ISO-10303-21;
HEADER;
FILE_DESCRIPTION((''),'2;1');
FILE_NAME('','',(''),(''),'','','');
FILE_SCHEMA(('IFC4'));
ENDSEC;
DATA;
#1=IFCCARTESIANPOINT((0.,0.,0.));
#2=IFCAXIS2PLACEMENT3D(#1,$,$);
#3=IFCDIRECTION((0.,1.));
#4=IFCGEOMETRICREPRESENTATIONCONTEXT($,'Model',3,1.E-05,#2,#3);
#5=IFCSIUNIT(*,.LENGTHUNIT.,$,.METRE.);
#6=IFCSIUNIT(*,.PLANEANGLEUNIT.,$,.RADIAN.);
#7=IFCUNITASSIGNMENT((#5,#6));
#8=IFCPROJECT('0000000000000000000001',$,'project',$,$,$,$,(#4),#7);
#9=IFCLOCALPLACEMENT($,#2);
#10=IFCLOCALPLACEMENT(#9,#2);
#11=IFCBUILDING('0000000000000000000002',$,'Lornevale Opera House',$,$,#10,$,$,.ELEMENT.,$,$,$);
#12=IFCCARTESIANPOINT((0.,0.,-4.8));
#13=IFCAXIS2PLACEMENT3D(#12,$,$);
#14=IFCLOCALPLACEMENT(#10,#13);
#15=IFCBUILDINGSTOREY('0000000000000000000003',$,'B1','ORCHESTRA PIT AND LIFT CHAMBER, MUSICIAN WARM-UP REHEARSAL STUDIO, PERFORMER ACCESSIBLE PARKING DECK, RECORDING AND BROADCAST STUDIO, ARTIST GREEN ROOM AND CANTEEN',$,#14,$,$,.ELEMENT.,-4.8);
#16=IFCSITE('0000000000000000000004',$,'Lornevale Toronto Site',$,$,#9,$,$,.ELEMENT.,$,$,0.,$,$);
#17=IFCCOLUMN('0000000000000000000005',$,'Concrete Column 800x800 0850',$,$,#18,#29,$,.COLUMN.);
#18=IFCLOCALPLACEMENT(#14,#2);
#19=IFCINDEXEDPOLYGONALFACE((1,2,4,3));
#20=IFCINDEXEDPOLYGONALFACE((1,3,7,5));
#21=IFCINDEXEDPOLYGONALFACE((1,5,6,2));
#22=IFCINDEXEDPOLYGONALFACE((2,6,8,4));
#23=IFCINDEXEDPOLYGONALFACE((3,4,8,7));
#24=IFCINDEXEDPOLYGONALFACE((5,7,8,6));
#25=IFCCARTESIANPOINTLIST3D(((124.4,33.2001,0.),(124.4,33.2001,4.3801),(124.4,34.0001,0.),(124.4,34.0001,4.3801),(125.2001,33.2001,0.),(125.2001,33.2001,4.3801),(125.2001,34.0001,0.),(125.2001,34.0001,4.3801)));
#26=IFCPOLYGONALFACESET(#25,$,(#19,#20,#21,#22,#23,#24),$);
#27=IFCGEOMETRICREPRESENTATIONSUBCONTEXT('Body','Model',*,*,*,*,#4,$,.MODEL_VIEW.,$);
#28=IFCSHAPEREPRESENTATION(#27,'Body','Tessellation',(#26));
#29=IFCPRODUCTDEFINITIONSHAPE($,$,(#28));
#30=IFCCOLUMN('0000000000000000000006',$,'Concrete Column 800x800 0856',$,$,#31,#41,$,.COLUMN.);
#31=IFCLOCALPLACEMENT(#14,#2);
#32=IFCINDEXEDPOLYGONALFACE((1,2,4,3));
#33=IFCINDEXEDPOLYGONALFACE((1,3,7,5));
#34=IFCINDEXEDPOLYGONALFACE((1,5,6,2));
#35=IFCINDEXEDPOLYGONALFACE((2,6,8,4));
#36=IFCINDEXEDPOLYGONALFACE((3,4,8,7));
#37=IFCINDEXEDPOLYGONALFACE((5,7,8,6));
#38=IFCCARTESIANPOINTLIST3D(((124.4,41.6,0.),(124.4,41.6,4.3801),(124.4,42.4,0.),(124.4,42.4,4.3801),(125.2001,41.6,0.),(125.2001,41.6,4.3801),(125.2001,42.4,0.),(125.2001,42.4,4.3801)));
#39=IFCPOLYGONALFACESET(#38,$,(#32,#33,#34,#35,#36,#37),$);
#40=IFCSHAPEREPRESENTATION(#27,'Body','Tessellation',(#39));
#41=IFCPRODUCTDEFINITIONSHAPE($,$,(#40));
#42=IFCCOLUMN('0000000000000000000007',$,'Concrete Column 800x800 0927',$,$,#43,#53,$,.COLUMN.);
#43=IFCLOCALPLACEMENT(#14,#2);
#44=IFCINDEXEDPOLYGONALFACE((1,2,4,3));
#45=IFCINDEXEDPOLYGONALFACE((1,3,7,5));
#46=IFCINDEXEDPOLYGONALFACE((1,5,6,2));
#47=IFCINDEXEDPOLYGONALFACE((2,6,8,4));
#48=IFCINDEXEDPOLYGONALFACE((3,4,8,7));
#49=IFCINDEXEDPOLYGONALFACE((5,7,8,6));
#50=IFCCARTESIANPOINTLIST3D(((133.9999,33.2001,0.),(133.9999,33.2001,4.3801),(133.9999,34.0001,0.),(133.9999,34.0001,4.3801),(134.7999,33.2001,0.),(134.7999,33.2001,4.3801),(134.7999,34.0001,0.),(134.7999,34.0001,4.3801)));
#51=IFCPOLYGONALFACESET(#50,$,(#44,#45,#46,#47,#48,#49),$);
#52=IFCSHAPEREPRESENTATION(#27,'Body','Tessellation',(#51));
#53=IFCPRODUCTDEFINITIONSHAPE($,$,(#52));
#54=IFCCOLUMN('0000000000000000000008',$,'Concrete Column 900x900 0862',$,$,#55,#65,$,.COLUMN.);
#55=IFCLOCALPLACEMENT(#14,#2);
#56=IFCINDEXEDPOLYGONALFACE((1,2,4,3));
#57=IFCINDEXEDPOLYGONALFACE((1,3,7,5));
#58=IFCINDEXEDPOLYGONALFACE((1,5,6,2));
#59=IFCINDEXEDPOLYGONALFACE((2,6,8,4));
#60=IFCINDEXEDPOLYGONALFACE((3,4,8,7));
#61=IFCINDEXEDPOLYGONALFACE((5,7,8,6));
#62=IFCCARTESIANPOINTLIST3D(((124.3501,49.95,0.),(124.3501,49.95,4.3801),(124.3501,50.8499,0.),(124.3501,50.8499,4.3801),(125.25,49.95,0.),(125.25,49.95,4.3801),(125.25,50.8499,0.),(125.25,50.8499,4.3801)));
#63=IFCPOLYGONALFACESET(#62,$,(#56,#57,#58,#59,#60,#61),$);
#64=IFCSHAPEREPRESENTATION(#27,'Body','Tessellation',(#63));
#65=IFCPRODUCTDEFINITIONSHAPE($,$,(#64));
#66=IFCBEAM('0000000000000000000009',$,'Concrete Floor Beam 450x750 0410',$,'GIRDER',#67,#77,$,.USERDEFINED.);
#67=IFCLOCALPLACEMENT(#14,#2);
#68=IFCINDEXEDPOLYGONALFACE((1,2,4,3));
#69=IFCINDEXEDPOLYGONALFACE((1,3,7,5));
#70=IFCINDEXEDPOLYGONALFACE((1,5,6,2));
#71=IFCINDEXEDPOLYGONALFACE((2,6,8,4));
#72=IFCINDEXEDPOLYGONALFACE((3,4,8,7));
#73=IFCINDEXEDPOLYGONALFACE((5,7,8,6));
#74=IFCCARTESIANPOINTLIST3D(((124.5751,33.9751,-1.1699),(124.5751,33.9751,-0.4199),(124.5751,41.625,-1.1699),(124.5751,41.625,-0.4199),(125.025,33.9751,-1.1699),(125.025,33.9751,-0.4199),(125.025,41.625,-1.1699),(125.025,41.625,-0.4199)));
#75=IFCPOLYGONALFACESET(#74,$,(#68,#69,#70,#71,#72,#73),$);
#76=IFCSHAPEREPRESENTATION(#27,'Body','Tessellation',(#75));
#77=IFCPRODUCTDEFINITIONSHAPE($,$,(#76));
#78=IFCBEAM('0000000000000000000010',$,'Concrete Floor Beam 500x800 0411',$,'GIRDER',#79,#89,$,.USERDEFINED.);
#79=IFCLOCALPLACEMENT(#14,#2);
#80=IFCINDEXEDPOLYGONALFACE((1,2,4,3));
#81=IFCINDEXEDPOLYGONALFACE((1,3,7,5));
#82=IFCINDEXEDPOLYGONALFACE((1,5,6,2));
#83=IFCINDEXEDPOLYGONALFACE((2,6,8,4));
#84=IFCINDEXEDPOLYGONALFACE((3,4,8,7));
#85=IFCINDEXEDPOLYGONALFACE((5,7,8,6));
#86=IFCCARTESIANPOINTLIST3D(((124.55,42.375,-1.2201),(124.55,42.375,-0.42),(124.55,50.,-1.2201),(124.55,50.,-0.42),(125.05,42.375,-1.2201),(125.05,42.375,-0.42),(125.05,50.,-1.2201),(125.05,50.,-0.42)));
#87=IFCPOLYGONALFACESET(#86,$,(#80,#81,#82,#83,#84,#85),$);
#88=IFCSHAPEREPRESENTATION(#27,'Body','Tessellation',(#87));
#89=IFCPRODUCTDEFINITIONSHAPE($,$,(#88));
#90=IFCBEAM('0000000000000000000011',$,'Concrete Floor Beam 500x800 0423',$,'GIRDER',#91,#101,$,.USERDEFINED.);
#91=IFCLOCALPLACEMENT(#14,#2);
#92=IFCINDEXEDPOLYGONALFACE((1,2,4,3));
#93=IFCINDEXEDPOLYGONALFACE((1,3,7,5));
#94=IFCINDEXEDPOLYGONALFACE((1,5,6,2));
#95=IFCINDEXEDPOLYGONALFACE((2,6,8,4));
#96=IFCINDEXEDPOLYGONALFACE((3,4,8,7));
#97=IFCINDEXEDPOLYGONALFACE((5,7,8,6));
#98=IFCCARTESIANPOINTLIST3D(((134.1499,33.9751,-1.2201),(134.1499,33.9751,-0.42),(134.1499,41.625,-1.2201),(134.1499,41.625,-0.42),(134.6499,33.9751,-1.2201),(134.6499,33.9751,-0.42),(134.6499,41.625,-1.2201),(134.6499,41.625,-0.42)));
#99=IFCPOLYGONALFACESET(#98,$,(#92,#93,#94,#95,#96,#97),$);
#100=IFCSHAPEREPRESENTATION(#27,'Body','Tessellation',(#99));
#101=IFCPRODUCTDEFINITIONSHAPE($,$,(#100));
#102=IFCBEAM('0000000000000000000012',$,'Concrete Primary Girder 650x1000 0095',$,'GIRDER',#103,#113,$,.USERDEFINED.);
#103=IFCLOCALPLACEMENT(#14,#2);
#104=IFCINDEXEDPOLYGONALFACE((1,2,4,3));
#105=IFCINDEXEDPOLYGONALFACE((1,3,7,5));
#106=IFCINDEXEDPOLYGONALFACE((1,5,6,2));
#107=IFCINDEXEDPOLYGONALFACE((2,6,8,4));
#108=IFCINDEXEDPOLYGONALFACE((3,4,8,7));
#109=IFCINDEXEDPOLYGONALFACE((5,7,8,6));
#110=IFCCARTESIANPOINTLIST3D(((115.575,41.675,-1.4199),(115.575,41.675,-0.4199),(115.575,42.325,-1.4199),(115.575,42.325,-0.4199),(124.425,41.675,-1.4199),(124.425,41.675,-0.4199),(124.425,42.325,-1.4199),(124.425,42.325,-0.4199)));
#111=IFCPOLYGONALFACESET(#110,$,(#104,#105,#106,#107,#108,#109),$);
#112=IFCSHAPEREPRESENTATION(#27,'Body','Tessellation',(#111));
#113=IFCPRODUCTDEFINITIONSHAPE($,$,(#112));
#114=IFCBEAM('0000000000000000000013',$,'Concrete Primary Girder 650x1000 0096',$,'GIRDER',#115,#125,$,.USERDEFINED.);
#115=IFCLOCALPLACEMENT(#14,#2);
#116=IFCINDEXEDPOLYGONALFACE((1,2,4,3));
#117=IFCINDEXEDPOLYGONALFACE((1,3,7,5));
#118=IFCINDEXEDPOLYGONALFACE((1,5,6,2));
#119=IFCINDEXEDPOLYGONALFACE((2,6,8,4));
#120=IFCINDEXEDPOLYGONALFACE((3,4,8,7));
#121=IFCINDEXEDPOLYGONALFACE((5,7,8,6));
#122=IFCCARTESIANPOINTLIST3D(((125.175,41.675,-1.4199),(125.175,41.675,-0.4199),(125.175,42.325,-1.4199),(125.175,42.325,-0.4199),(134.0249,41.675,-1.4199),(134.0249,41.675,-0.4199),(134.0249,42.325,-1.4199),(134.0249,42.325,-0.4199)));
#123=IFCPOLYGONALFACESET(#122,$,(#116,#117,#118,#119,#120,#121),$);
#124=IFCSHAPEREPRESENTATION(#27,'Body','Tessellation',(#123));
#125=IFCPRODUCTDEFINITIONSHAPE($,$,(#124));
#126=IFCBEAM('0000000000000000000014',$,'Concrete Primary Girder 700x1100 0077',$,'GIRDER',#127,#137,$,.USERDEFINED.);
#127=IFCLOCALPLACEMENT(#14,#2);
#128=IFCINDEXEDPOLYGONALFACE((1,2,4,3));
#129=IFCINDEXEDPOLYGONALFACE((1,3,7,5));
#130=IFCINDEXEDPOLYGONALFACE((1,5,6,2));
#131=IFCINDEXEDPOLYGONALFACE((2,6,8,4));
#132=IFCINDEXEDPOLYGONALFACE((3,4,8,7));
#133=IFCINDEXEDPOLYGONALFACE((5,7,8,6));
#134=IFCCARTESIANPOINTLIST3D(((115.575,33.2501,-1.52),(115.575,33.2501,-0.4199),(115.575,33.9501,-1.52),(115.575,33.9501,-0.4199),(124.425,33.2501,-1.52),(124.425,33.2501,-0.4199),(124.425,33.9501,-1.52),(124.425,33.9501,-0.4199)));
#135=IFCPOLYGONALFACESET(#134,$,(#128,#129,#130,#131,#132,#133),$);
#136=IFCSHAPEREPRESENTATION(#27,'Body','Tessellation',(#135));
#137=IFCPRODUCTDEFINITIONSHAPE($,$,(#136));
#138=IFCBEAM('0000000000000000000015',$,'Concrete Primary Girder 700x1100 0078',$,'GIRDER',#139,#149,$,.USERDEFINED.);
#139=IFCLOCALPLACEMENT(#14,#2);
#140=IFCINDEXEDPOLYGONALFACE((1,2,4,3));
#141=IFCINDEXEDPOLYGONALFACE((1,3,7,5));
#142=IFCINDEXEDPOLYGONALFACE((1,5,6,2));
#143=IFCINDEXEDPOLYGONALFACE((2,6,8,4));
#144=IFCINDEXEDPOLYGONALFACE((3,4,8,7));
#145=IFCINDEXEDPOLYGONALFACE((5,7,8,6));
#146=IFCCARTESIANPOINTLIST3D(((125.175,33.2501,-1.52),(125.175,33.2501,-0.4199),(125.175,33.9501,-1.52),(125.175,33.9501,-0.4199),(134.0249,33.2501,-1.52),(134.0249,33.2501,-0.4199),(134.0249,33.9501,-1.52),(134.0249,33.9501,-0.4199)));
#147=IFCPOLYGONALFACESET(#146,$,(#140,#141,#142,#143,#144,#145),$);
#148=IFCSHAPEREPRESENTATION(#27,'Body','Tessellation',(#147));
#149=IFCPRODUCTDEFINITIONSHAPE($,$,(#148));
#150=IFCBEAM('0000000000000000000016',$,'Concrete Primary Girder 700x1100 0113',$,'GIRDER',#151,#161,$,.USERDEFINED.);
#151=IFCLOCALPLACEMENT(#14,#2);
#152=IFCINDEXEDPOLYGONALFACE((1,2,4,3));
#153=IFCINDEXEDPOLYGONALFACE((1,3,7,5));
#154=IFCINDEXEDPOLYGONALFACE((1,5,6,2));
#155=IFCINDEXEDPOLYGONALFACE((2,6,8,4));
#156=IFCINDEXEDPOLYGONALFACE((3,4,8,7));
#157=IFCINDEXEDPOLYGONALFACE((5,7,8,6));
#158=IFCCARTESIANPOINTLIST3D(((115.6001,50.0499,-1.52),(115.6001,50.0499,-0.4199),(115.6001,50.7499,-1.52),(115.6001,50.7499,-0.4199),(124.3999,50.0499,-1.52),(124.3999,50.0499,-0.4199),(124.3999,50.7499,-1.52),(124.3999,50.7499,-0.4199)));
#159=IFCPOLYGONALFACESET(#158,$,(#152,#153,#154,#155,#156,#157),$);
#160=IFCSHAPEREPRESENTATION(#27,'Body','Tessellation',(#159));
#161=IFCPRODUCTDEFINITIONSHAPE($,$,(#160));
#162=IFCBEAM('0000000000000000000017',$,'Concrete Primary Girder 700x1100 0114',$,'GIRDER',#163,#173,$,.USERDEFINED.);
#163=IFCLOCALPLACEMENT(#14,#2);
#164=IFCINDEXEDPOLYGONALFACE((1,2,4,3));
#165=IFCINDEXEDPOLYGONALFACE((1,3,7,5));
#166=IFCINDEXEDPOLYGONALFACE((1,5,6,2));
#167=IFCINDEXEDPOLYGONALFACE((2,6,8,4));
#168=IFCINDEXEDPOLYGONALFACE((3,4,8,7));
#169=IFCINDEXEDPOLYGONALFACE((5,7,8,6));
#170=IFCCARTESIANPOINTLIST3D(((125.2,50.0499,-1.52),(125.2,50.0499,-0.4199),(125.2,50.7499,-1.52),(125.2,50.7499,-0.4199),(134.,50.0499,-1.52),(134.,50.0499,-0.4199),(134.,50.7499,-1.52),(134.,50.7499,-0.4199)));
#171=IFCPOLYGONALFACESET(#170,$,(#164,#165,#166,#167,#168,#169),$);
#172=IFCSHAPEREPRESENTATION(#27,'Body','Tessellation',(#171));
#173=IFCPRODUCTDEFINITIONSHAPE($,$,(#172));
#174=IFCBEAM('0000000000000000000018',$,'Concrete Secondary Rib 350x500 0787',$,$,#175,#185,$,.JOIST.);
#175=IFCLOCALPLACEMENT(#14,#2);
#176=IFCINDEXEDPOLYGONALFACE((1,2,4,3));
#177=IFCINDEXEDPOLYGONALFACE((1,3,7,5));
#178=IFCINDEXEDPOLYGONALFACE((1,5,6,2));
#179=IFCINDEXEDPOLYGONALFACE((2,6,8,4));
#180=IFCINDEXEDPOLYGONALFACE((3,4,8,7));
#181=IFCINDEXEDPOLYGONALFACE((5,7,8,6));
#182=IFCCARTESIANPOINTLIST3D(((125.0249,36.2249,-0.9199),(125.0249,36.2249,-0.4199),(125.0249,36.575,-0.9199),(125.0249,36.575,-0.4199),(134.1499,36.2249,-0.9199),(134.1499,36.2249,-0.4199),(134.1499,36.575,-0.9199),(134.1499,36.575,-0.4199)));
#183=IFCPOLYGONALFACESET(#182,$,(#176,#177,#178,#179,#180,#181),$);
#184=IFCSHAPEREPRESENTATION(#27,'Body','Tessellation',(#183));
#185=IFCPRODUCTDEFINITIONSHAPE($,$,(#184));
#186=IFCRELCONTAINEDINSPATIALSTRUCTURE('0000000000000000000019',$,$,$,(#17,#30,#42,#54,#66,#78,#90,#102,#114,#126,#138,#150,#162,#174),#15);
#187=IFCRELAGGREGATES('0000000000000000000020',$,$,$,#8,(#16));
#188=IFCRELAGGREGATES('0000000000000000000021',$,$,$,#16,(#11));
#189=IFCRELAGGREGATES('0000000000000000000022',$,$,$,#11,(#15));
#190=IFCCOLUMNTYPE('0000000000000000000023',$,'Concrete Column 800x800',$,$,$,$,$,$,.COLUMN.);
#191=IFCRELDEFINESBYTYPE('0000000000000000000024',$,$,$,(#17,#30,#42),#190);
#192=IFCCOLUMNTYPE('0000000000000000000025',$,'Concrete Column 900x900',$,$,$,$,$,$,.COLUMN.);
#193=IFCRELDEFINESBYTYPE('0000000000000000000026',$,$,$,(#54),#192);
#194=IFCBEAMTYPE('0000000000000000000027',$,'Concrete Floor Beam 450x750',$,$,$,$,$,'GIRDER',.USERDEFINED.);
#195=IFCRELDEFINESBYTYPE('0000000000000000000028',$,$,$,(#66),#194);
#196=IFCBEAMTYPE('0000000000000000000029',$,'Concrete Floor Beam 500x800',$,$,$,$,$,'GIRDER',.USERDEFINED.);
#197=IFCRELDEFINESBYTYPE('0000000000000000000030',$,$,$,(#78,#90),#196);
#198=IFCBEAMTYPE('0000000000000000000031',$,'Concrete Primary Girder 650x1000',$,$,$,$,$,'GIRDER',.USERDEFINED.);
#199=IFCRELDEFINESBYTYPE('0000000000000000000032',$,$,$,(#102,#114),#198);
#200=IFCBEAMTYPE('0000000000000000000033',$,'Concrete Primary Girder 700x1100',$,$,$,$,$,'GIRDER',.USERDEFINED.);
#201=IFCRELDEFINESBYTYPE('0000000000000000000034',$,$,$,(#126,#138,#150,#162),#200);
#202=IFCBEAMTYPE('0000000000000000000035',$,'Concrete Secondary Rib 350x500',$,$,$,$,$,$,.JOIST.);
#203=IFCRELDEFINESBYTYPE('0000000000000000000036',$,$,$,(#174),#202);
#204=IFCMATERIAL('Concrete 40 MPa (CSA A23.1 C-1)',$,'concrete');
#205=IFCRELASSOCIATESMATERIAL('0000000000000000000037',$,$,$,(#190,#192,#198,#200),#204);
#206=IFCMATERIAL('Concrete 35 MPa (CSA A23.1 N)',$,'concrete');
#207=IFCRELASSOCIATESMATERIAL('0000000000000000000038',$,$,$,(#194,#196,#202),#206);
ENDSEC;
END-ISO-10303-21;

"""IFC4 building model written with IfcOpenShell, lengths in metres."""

from ifc_helpers import new_model, si_unit, direction, frame, origin, origin_2d, place, context, subcontext, project, spatial, rectangle, extrude, material, material_profile, profile_set, type_object, element, save


model = new_model("IFC4")

# Units and contexts
model_context = context("Model", 3, precision=1e-05, world=origin(), true_north=direction((0.0, 1.0)))
body_context = subcontext(model_context, "Body", "Model", "MODEL_VIEW")
ifc_project = project(units=[si_unit("LENGTHUNIT", "METRE"), si_unit("PLANEANGLEUNIT", "RADIAN")], contexts=[model_context])

# Site, building, storey
site_placement = place(None, origin())
site = spatial("IfcSite", under=ifc_project, at=site_placement, Name="Lornevale Toronto Site", CompositionType="ELEMENT", RefElevation=0.0)
building_placement = place(site_placement, origin())
building = spatial("IfcBuilding", under=site, at=building_placement, Name="Lornevale Opera House", CompositionType="ELEMENT")
storey_placement = place(building_placement, frame((0.0, 0.0, -4.8)))
storey = spatial("IfcBuildingStorey", under=building, at=storey_placement, Name="B1", Description="ORCHESTRA PIT AND LIFT CHAMBER, MUSICIAN WARM-UP REHEARSAL STUDIO, PERFORMER ACCESSIBLE PARKING DECK, RECORDING AND BROADCAST STUDIO, ARTIST GREEN ROOM AND CANTEEN", CompositionType="ELEMENT", Elevation=-4.8)

# Columns
ifc_material_1 = material(Name="Concrete 40 MPa (CSA A23.1 C-1)", Category="concrete")
ifc_material_profile_1 = material_profile(ifc_material_1, rectangle(XDim=0.8, YDim=0.8, at=origin_2d()), Name="RC800x800")
ifc_profile_set_1 = profile_set([ifc_material_profile_1], Name="Concrete 40 MPa (CSA A23.1 C-1)")
column_type_1 = type_object("IfcColumnType", Name="Concrete Column 800x800", PredefinedType="COLUMN", material=ifc_profile_set_1)
for number, where, z_axis, x_axis, name in (
    (1, (124.8, 33.6001, 0.0), (0.0, 0.0, 1.0), (1.0, 0.0, 0.0), "Concrete Column 800x800 0850"),
    (2, (124.8, 42.0, 0.0), (0.0, 0.0, 1.0), (1.0, 0.0, 0.0), "Concrete Column 800x800 0856"),
    (3, (134.3999, 33.6001, 0.0), (0.0, 0.0, 1.0), (1.0, 0.0, 0.0), "Concrete Column 800x800 0927"),
):
    element("IfcColumn", number, at=place(storey_placement, frame(where, z_axis=z_axis, x_axis=x_axis)), inside=storey, type_object=column_type_1, Name=name, PredefinedType="COLUMN", context=body_context, shape_type="SweptSolid", body=[
        extrude(rectangle(XDim=0.8, YDim=0.8, at=origin_2d()), origin(), (0.0, 0.0, 1.0), 4.3801),
    ])
ifc_material_profile_2 = material_profile(ifc_material_1, rectangle(XDim=0.8999, YDim=0.8999, at=origin_2d()), Name="RC900x900")
ifc_profile_set_2 = profile_set([ifc_material_profile_2], Name="Concrete 40 MPa (CSA A23.1 C-1)")
column_type_2 = type_object("IfcColumnType", Name="Concrete Column 900x900", PredefinedType="COLUMN", material=ifc_profile_set_2)
column_placement = place(storey_placement, frame((124.8, 50.3999, 0.0), z_axis=(0.0, 0.0, 1.0), x_axis=(1.0, 0.0, 0.0)))
element("IfcColumn", 4, at=column_placement, inside=storey, type_object=column_type_2, Name="Concrete Column 900x900 0862", PredefinedType="COLUMN", context=body_context, shape_type="SweptSolid", body=[
    extrude(rectangle(XDim=0.8999, YDim=0.8999, at=origin_2d()), origin(), (0.0, 0.0, 1.0), 4.3801),
])

# Beams
ifc_material_2 = material(Name="Concrete 35 MPa (CSA A23.1 N)", Category="concrete")
ifc_material_profile_3 = material_profile(ifc_material_2, rectangle(XDim=0.45, YDim=0.75, at=origin_2d()), Name="RC450x750")
ifc_profile_set_3 = profile_set([ifc_material_profile_3], Name="Concrete 35 MPa (CSA A23.1 N)")
beam_type_1 = type_object("IfcBeamType", Name="Concrete Floor Beam 450x750", ElementType="GIRDER", PredefinedType="USERDEFINED", material=ifc_profile_set_3)
beam_1_placement = place(storey_placement, frame((124.8, 33.9751, -0.7949), z_axis=(0.0, 1.0, 0.0), x_axis=(-1.0, 0.0, 0.0)))
element("IfcBeam", 5, at=beam_1_placement, inside=storey, type_object=beam_type_1, Name="Concrete Floor Beam 450x750 0410", ObjectType="GIRDER", PredefinedType="USERDEFINED", context=body_context, shape_type="SweptSolid", body=[
    extrude(rectangle(XDim=0.45, YDim=0.75, at=origin_2d()), origin(), (0.0, 0.0, 1.0), 7.6499),
])
ifc_material_profile_4 = material_profile(ifc_material_2, rectangle(XDim=0.5, YDim=0.8, at=origin_2d()), Name="RC500x800")
ifc_profile_set_4 = profile_set([ifc_material_profile_4], Name="Concrete 35 MPa (CSA A23.1 N)")
beam_type_2 = type_object("IfcBeamType", Name="Concrete Floor Beam 500x800", ElementType="GIRDER", PredefinedType="USERDEFINED", material=ifc_profile_set_4)
beam_2_placement = place(storey_placement, frame((124.8, 42.375, -0.8201), z_axis=(0.0, 1.0, 0.0), x_axis=(-1.0, 0.0, 0.0)))
element("IfcBeam", 6, at=beam_2_placement, inside=storey, type_object=beam_type_2, Name="Concrete Floor Beam 500x800 0411", ObjectType="GIRDER", PredefinedType="USERDEFINED", context=body_context, shape_type="SweptSolid", body=[
    extrude(rectangle(XDim=0.5, YDim=0.8, at=origin_2d()), origin(), (0.0, 0.0, 1.0), 7.625),
])
beam_3_placement = place(storey_placement, frame((134.3999, 33.9751, -0.8201), z_axis=(0.0, 1.0, 0.0), x_axis=(-1.0, 0.0, 0.0)))
element("IfcBeam", 7, at=beam_3_placement, inside=storey, type_object=beam_type_2, Name="Concrete Floor Beam 500x800 0423", ObjectType="GIRDER", PredefinedType="USERDEFINED", context=body_context, shape_type="SweptSolid", body=[
    extrude(rectangle(XDim=0.5, YDim=0.8, at=origin_2d()), origin(), (0.0, 0.0, 1.0), 7.6499),
])
ifc_material_profile_5 = material_profile(ifc_material_1, rectangle(XDim=0.6499, YDim=1.0, at=origin_2d()), Name="RC650x1000")
ifc_profile_set_5 = profile_set([ifc_material_profile_5], Name="Concrete 40 MPa (CSA A23.1 C-1)")
beam_type_3 = type_object("IfcBeamType", Name="Concrete Primary Girder 650x1000", ElementType="GIRDER", PredefinedType="USERDEFINED", material=ifc_profile_set_5)
beam_4_placement = place(storey_placement, frame((115.575, 42.0, -0.9199), z_axis=(1.0, 0.0, 0.0), x_axis=(0.0, 1.0, 0.0)))
element("IfcBeam", 8, at=beam_4_placement, inside=storey, type_object=beam_type_3, Name="Concrete Primary Girder 650x1000 0095", ObjectType="GIRDER", PredefinedType="USERDEFINED", context=body_context, shape_type="SweptSolid", body=[
    extrude(rectangle(XDim=0.6499, YDim=1.0, at=origin_2d()), origin(), (0.0, 0.0, 1.0), 8.8501),
])
beam_5_placement = place(storey_placement, frame((125.175, 42.0, -0.9199), z_axis=(1.0, 0.0, 0.0), x_axis=(0.0, 1.0, 0.0)))
element("IfcBeam", 9, at=beam_5_placement, inside=storey, type_object=beam_type_3, Name="Concrete Primary Girder 650x1000 0096", ObjectType="GIRDER", PredefinedType="USERDEFINED", context=body_context, shape_type="SweptSolid", body=[
    extrude(rectangle(XDim=0.6499, YDim=1.0, at=origin_2d()), origin(), (0.0, 0.0, 1.0), 8.8499),
])
ifc_material_profile_6 = material_profile(ifc_material_1, rectangle(XDim=0.7, YDim=1.1001, at=origin_2d()), Name="RC700x1100")
ifc_profile_set_6 = profile_set([ifc_material_profile_6], Name="Concrete 40 MPa (CSA A23.1 C-1)")
beam_type_4 = type_object("IfcBeamType", Name="Concrete Primary Girder 700x1100", ElementType="GIRDER", PredefinedType="USERDEFINED", material=ifc_profile_set_6)
beam_6_placement = place(storey_placement, frame((115.575, 33.6001, -0.97), z_axis=(1.0, 0.0, 0.0), x_axis=(0.0, 1.0, 0.0)))
element("IfcBeam", 10, at=beam_6_placement, inside=storey, type_object=beam_type_4, Name="Concrete Primary Girder 700x1100 0077", ObjectType="GIRDER", PredefinedType="USERDEFINED", context=body_context, shape_type="SweptSolid", body=[
    extrude(rectangle(XDim=0.7, YDim=1.1001, at=origin_2d()), origin(), (0.0, 0.0, 1.0), 8.8501),
])
beam_7_placement = place(storey_placement, frame((125.175, 33.6001, -0.97), z_axis=(1.0, 0.0, 0.0), x_axis=(0.0, 1.0, 0.0)))
element("IfcBeam", 11, at=beam_7_placement, inside=storey, type_object=beam_type_4, Name="Concrete Primary Girder 700x1100 0078", ObjectType="GIRDER", PredefinedType="USERDEFINED", context=body_context, shape_type="SweptSolid", body=[
    extrude(rectangle(XDim=0.7, YDim=1.1001, at=origin_2d()), origin(), (0.0, 0.0, 1.0), 8.8499),
])
beam_8_placement = place(storey_placement, frame((115.6001, 50.3999, -0.97), z_axis=(1.0, 0.0, 0.0), x_axis=(0.0, 1.0, 0.0)))
element("IfcBeam", 12, at=beam_8_placement, inside=storey, type_object=beam_type_4, Name="Concrete Primary Girder 700x1100 0113", ObjectType="GIRDER", PredefinedType="USERDEFINED", context=body_context, shape_type="SweptSolid", body=[
    extrude(rectangle(XDim=0.7, YDim=1.1001, at=origin_2d()), origin(), (0.0, 0.0, 1.0), 8.7998),
])
beam_9_placement = place(storey_placement, frame((125.2, 50.3999, -0.97), z_axis=(1.0, 0.0, 0.0), x_axis=(0.0, 1.0, 0.0)))
element("IfcBeam", 13, at=beam_9_placement, inside=storey, type_object=beam_type_4, Name="Concrete Primary Girder 700x1100 0114", ObjectType="GIRDER", PredefinedType="USERDEFINED", context=body_context, shape_type="SweptSolid", body=[
    extrude(rectangle(XDim=0.7, YDim=1.1001, at=origin_2d()), origin(), (0.0, 0.0, 1.0), 8.8),
])
ifc_material_profile_7 = material_profile(ifc_material_2, rectangle(XDim=0.3501, YDim=0.5, at=origin_2d()), Name="RC350x500")
ifc_profile_set_7 = profile_set([ifc_material_profile_7], Name="Concrete 35 MPa (CSA A23.1 N)")
beam_type_5 = type_object("IfcBeamType", Name="Concrete Secondary Rib 350x500", PredefinedType="JOIST", material=ifc_profile_set_7)
for number, where, z_axis, x_axis, name in (
    (14, (125.0249, 36.3999, -0.6699), (1.0, 0.0, 0.0), (0.0, 1.0, 0.0), "Concrete Secondary Rib 350x500 0787"),
):
    element("IfcBeam", number, at=place(storey_placement, frame(where, z_axis=z_axis, x_axis=x_axis)), inside=storey, type_object=beam_type_5, Name=name, PredefinedType="JOIST", context=body_context, shape_type="SweptSolid", body=[
        extrude(rectangle(XDim=0.3501, YDim=0.5, at=origin_2d()), origin(), (0.0, 0.0, 1.0), 9.125),
    ])

save(model, "model.ifc")
